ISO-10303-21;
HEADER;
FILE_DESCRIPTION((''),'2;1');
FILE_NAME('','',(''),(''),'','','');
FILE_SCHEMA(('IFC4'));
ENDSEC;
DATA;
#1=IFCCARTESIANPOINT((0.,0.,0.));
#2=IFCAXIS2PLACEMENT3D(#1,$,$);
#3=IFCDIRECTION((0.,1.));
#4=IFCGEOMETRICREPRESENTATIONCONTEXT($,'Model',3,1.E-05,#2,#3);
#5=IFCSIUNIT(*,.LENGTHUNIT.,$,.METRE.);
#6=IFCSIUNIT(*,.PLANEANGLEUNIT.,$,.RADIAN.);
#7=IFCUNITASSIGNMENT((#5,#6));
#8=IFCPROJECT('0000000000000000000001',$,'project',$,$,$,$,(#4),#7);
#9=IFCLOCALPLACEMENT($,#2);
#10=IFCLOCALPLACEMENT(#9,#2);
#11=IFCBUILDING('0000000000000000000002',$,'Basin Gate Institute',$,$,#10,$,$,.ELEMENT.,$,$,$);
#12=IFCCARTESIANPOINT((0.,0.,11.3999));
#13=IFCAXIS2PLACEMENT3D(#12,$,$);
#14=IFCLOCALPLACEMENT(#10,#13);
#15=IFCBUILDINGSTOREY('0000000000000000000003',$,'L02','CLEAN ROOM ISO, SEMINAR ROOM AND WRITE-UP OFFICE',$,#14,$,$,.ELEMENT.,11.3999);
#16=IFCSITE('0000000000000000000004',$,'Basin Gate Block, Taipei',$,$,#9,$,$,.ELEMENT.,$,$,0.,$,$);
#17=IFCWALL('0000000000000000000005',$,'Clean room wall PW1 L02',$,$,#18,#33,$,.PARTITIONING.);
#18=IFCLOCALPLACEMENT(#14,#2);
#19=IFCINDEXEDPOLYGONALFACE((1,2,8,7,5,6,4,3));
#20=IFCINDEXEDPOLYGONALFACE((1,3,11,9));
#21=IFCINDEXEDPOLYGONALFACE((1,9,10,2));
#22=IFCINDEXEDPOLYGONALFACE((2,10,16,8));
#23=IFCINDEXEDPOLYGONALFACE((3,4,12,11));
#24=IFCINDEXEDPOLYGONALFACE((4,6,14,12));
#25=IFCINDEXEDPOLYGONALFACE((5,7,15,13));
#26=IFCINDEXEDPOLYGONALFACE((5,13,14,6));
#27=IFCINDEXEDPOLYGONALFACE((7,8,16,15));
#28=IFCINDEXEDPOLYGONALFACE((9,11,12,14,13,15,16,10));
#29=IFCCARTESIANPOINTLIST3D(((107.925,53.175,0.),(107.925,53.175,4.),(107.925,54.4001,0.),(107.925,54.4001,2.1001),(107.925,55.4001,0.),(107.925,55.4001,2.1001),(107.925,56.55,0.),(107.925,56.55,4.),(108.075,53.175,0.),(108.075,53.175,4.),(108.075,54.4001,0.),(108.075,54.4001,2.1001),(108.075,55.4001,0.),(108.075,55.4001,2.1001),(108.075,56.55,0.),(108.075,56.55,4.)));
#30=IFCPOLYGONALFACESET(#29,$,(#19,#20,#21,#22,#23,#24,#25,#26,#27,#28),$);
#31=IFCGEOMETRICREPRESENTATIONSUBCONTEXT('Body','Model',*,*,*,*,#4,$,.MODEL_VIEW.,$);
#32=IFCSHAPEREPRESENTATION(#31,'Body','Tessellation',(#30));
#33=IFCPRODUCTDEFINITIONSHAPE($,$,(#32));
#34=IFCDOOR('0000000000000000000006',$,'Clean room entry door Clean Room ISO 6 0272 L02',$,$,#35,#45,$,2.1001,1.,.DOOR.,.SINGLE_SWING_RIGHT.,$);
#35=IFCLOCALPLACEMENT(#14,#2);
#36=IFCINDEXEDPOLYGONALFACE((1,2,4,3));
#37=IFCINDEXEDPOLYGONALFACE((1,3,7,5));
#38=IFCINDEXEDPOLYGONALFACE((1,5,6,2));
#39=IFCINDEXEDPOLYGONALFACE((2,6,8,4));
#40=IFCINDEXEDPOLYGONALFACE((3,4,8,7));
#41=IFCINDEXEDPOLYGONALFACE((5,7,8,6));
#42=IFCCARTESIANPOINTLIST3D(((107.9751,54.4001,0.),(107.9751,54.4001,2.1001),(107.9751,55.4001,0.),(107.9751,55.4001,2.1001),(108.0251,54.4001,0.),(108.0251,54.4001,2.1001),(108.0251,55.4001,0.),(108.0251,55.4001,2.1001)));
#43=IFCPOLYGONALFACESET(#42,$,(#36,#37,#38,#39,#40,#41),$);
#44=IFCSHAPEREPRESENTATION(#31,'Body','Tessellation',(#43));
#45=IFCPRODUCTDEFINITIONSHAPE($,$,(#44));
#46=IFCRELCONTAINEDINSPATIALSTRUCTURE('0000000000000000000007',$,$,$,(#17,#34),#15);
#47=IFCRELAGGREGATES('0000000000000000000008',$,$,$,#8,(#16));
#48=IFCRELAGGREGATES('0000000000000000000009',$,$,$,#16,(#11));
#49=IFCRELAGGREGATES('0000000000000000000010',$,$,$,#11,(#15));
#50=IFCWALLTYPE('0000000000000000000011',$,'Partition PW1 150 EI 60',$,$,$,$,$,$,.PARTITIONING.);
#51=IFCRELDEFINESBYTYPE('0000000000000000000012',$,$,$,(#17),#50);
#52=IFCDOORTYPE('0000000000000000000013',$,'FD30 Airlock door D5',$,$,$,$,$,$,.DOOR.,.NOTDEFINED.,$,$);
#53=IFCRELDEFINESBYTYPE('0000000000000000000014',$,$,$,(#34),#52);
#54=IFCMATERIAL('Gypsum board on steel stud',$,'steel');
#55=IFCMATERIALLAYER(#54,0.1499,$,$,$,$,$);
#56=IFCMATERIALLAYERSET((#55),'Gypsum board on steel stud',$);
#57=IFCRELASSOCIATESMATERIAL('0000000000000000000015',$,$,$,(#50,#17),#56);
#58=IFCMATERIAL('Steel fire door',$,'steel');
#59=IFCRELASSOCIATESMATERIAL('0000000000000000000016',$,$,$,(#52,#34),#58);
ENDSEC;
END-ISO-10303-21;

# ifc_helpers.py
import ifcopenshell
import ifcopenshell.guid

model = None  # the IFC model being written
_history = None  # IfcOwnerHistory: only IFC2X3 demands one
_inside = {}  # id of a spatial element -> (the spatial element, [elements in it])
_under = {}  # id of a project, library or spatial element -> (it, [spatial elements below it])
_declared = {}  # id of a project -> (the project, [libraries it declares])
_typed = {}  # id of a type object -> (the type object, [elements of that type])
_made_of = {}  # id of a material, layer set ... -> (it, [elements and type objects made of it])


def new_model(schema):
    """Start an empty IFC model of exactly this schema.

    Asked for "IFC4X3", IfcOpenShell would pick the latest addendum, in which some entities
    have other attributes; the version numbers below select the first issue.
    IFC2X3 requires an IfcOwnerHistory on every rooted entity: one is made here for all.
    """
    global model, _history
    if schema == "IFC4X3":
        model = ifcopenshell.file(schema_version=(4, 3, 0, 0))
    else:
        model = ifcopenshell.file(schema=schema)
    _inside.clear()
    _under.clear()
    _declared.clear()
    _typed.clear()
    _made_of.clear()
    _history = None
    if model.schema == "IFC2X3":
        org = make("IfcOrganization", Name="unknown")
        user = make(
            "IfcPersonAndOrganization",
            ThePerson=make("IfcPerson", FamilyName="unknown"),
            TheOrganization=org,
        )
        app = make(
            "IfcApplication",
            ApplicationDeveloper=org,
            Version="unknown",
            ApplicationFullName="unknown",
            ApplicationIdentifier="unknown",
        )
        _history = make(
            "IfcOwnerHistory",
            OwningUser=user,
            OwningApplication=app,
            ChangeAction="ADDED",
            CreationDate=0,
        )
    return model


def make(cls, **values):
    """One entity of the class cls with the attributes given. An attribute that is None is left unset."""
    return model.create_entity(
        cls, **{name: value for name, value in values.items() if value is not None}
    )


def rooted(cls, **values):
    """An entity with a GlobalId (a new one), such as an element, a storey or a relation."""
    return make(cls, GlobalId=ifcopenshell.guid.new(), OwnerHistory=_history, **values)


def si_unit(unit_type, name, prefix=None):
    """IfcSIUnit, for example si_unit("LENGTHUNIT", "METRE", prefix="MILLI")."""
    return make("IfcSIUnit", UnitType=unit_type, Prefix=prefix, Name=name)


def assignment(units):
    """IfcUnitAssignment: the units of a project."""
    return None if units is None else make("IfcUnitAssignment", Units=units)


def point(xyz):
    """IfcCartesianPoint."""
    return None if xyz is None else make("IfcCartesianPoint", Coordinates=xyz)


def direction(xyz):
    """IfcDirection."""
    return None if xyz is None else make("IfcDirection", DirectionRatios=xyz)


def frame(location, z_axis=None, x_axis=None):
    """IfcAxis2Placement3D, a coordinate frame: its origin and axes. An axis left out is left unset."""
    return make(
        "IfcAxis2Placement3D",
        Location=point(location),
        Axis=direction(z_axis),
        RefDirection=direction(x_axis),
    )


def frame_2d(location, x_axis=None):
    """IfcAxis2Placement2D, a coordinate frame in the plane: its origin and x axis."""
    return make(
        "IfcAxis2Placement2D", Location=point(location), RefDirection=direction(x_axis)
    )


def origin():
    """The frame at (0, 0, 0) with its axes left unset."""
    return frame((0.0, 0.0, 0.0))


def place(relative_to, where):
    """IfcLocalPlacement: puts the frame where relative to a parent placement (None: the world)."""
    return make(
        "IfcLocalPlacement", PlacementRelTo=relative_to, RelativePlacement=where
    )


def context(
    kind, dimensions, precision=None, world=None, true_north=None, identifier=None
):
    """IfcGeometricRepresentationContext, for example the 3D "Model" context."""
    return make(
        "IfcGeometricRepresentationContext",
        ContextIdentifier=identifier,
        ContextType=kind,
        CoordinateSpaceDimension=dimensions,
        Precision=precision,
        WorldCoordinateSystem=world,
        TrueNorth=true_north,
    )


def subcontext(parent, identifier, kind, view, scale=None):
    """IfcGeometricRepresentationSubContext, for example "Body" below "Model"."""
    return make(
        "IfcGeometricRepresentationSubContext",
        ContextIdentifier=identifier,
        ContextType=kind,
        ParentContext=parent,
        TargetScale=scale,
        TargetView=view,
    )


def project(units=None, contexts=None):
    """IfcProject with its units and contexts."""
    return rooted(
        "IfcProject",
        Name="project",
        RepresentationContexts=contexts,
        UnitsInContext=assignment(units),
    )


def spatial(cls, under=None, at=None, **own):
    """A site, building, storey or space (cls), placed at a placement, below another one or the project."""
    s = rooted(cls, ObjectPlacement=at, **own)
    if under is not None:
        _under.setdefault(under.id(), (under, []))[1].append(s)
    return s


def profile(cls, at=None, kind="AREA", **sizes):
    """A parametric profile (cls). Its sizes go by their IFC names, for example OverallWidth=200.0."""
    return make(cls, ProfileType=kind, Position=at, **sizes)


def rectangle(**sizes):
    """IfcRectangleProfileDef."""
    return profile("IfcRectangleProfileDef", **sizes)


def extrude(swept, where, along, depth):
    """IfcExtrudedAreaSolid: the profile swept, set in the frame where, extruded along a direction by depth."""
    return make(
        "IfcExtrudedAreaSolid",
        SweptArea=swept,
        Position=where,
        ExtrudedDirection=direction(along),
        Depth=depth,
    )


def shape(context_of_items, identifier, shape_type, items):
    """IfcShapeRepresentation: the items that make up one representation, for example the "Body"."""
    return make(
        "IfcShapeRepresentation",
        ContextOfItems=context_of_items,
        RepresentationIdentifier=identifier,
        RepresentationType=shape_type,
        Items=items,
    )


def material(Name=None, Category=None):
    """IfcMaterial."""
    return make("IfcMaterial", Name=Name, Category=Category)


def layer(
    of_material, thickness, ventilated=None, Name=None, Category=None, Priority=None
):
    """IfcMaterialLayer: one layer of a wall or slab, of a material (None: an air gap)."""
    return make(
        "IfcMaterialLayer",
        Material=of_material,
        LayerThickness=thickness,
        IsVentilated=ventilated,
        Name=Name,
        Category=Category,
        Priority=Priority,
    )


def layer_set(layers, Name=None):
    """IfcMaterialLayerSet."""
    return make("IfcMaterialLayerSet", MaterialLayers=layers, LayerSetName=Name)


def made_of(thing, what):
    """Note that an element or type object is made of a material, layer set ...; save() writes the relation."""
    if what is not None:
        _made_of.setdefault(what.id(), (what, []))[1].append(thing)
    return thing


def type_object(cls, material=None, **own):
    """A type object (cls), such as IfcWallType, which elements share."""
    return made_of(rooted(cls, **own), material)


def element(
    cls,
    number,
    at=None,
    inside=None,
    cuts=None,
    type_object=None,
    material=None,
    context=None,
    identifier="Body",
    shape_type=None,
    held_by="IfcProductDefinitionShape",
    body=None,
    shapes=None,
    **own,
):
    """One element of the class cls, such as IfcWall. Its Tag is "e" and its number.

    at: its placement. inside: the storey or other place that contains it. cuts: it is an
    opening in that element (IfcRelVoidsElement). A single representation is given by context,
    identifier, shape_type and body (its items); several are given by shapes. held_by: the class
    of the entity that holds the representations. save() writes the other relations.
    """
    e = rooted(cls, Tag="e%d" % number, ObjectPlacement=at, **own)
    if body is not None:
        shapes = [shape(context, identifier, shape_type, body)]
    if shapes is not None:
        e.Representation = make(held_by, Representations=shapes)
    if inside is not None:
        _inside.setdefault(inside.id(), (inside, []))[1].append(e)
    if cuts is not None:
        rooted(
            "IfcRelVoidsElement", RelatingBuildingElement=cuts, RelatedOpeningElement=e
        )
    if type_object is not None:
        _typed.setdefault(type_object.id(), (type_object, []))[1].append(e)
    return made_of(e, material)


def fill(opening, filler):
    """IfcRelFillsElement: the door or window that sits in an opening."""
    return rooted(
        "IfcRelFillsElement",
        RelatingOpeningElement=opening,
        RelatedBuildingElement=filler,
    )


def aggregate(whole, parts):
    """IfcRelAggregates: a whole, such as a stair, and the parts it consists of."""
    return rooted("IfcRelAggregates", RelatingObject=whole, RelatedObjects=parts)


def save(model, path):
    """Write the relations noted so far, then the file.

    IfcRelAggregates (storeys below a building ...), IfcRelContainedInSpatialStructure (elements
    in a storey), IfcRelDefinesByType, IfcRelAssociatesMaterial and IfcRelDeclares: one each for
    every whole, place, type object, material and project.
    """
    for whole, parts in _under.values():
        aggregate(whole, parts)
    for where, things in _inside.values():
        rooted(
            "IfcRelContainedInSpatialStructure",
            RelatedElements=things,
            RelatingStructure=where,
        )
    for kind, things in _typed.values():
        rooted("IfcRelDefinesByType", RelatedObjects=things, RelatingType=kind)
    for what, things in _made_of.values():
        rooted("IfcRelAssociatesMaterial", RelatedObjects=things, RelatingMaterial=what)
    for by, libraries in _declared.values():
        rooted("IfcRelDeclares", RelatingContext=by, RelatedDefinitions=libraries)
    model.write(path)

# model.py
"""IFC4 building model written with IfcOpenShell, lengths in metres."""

from ifc_helpers import new_model, si_unit, direction, frame, frame_2d, origin, place, context, subcontext, project, spatial, rectangle, extrude, material, layer, layer_set, type_object, element, fill, save


model = new_model("IFC4")

# Units and contexts
model_context = context("Model", 3, precision=1e-05, world=origin(), true_north=direction((0.0, 1.0)))
body_context = subcontext(model_context, "Body", "Model", "MODEL_VIEW")
ifc_project = project(units=[si_unit("LENGTHUNIT", "METRE"), si_unit("PLANEANGLEUNIT", "RADIAN")], contexts=[model_context])

# Site, building, storey
site_placement = place(None, origin())
site = spatial("IfcSite", under=ifc_project, at=site_placement, Name="Basin Gate Block, Taipei", CompositionType="ELEMENT", RefElevation=0.0)
building_placement = place(site_placement, origin())
building = spatial("IfcBuilding", under=site, at=building_placement, Name="Basin Gate Institute", CompositionType="ELEMENT")
storey_placement = place(building_placement, frame((0.0, 0.0, 11.3999)))
storey = spatial("IfcBuildingStorey", under=building, at=storey_placement, Name="L02", Description="CLEAN ROOM ISO, SEMINAR ROOM AND WRITE-UP OFFICE", CompositionType="ELEMENT", Elevation=11.3999)

# Wall, opening, door
ifc_material_1 = material(Name="Gypsum board on steel stud", Category="steel")
ifc_layer_1 = layer(ifc_material_1, 0.1499)
ifc_layer_set_1 = layer_set([ifc_layer_1], Name="Gypsum board on steel stud")
wall_type = type_object("IfcWallType", Name="Partition PW1 150 EI 60", PredefinedType="PARTITIONING", material=ifc_layer_set_1)
wall_placement = place(storey_placement, frame((108.0, 53.175, 0.0), z_axis=(0.0, 0.0, 1.0), x_axis=(0.0, 1.0, 0.0)))
wall = element("IfcWall", 1, at=wall_placement, inside=storey, type_object=wall_type, material=ifc_layer_set_1, Name="Clean room wall PW1 L02", PredefinedType="PARTITIONING", context=body_context, shape_type="SweptSolid", body=[
    extrude(rectangle(XDim=3.375, YDim=0.1499, at=frame_2d((1.6875, 0.0))), origin(), (0.0, 0.0, 1.0), 4.0),
])
opening_placement = place(wall_placement, frame((1.2251, 0.0, 0.0)))
opening = element("IfcOpeningElement", 2, at=opening_placement, cuts=wall, PredefinedType="OPENING", context=body_context, shape_type="SweptSolid", body=[
    extrude(rectangle(XDim=1.0, YDim=2.1001, at=frame_2d((0.5, 1.05))), frame((0.0, 0.085, 0.0), z_axis=(0.0, -1.0, 0.0), x_axis=(1.0, 0.0, 0.0)), (0.0, 0.0, 1.0), 0.1699),
])
ifc_material_2 = material(Name="Steel fire door", Category="steel")
door_type = type_object("IfcDoorType", Name="FD30 Airlock door D5", OperationType="NOTDEFINED", PredefinedType="DOOR", material=ifc_material_2)
door_placement = place(opening_placement, origin())
door = element("IfcDoor", 3, at=door_placement, inside=storey, type_object=door_type, material=ifc_material_2, Name="Clean room entry door Clean Room ISO 6 0272 L02", OperationType="SINGLE_SWING_RIGHT", OverallHeight=2.1001, OverallWidth=1.0, PredefinedType="DOOR", context=body_context, shape_type="SweptSolid", body=[
    extrude(rectangle(XDim=1.0, YDim=2.1001, at=frame_2d((0.5, 1.05))), frame((0.0, 0.0249, 0.0), z_axis=(0.0, -1.0, 0.0), x_axis=(1.0, 0.0, 0.0)), (0.0, 0.0, 1.0), 0.05),
])
fill(opening, door)

save(model, "model.ifc")
